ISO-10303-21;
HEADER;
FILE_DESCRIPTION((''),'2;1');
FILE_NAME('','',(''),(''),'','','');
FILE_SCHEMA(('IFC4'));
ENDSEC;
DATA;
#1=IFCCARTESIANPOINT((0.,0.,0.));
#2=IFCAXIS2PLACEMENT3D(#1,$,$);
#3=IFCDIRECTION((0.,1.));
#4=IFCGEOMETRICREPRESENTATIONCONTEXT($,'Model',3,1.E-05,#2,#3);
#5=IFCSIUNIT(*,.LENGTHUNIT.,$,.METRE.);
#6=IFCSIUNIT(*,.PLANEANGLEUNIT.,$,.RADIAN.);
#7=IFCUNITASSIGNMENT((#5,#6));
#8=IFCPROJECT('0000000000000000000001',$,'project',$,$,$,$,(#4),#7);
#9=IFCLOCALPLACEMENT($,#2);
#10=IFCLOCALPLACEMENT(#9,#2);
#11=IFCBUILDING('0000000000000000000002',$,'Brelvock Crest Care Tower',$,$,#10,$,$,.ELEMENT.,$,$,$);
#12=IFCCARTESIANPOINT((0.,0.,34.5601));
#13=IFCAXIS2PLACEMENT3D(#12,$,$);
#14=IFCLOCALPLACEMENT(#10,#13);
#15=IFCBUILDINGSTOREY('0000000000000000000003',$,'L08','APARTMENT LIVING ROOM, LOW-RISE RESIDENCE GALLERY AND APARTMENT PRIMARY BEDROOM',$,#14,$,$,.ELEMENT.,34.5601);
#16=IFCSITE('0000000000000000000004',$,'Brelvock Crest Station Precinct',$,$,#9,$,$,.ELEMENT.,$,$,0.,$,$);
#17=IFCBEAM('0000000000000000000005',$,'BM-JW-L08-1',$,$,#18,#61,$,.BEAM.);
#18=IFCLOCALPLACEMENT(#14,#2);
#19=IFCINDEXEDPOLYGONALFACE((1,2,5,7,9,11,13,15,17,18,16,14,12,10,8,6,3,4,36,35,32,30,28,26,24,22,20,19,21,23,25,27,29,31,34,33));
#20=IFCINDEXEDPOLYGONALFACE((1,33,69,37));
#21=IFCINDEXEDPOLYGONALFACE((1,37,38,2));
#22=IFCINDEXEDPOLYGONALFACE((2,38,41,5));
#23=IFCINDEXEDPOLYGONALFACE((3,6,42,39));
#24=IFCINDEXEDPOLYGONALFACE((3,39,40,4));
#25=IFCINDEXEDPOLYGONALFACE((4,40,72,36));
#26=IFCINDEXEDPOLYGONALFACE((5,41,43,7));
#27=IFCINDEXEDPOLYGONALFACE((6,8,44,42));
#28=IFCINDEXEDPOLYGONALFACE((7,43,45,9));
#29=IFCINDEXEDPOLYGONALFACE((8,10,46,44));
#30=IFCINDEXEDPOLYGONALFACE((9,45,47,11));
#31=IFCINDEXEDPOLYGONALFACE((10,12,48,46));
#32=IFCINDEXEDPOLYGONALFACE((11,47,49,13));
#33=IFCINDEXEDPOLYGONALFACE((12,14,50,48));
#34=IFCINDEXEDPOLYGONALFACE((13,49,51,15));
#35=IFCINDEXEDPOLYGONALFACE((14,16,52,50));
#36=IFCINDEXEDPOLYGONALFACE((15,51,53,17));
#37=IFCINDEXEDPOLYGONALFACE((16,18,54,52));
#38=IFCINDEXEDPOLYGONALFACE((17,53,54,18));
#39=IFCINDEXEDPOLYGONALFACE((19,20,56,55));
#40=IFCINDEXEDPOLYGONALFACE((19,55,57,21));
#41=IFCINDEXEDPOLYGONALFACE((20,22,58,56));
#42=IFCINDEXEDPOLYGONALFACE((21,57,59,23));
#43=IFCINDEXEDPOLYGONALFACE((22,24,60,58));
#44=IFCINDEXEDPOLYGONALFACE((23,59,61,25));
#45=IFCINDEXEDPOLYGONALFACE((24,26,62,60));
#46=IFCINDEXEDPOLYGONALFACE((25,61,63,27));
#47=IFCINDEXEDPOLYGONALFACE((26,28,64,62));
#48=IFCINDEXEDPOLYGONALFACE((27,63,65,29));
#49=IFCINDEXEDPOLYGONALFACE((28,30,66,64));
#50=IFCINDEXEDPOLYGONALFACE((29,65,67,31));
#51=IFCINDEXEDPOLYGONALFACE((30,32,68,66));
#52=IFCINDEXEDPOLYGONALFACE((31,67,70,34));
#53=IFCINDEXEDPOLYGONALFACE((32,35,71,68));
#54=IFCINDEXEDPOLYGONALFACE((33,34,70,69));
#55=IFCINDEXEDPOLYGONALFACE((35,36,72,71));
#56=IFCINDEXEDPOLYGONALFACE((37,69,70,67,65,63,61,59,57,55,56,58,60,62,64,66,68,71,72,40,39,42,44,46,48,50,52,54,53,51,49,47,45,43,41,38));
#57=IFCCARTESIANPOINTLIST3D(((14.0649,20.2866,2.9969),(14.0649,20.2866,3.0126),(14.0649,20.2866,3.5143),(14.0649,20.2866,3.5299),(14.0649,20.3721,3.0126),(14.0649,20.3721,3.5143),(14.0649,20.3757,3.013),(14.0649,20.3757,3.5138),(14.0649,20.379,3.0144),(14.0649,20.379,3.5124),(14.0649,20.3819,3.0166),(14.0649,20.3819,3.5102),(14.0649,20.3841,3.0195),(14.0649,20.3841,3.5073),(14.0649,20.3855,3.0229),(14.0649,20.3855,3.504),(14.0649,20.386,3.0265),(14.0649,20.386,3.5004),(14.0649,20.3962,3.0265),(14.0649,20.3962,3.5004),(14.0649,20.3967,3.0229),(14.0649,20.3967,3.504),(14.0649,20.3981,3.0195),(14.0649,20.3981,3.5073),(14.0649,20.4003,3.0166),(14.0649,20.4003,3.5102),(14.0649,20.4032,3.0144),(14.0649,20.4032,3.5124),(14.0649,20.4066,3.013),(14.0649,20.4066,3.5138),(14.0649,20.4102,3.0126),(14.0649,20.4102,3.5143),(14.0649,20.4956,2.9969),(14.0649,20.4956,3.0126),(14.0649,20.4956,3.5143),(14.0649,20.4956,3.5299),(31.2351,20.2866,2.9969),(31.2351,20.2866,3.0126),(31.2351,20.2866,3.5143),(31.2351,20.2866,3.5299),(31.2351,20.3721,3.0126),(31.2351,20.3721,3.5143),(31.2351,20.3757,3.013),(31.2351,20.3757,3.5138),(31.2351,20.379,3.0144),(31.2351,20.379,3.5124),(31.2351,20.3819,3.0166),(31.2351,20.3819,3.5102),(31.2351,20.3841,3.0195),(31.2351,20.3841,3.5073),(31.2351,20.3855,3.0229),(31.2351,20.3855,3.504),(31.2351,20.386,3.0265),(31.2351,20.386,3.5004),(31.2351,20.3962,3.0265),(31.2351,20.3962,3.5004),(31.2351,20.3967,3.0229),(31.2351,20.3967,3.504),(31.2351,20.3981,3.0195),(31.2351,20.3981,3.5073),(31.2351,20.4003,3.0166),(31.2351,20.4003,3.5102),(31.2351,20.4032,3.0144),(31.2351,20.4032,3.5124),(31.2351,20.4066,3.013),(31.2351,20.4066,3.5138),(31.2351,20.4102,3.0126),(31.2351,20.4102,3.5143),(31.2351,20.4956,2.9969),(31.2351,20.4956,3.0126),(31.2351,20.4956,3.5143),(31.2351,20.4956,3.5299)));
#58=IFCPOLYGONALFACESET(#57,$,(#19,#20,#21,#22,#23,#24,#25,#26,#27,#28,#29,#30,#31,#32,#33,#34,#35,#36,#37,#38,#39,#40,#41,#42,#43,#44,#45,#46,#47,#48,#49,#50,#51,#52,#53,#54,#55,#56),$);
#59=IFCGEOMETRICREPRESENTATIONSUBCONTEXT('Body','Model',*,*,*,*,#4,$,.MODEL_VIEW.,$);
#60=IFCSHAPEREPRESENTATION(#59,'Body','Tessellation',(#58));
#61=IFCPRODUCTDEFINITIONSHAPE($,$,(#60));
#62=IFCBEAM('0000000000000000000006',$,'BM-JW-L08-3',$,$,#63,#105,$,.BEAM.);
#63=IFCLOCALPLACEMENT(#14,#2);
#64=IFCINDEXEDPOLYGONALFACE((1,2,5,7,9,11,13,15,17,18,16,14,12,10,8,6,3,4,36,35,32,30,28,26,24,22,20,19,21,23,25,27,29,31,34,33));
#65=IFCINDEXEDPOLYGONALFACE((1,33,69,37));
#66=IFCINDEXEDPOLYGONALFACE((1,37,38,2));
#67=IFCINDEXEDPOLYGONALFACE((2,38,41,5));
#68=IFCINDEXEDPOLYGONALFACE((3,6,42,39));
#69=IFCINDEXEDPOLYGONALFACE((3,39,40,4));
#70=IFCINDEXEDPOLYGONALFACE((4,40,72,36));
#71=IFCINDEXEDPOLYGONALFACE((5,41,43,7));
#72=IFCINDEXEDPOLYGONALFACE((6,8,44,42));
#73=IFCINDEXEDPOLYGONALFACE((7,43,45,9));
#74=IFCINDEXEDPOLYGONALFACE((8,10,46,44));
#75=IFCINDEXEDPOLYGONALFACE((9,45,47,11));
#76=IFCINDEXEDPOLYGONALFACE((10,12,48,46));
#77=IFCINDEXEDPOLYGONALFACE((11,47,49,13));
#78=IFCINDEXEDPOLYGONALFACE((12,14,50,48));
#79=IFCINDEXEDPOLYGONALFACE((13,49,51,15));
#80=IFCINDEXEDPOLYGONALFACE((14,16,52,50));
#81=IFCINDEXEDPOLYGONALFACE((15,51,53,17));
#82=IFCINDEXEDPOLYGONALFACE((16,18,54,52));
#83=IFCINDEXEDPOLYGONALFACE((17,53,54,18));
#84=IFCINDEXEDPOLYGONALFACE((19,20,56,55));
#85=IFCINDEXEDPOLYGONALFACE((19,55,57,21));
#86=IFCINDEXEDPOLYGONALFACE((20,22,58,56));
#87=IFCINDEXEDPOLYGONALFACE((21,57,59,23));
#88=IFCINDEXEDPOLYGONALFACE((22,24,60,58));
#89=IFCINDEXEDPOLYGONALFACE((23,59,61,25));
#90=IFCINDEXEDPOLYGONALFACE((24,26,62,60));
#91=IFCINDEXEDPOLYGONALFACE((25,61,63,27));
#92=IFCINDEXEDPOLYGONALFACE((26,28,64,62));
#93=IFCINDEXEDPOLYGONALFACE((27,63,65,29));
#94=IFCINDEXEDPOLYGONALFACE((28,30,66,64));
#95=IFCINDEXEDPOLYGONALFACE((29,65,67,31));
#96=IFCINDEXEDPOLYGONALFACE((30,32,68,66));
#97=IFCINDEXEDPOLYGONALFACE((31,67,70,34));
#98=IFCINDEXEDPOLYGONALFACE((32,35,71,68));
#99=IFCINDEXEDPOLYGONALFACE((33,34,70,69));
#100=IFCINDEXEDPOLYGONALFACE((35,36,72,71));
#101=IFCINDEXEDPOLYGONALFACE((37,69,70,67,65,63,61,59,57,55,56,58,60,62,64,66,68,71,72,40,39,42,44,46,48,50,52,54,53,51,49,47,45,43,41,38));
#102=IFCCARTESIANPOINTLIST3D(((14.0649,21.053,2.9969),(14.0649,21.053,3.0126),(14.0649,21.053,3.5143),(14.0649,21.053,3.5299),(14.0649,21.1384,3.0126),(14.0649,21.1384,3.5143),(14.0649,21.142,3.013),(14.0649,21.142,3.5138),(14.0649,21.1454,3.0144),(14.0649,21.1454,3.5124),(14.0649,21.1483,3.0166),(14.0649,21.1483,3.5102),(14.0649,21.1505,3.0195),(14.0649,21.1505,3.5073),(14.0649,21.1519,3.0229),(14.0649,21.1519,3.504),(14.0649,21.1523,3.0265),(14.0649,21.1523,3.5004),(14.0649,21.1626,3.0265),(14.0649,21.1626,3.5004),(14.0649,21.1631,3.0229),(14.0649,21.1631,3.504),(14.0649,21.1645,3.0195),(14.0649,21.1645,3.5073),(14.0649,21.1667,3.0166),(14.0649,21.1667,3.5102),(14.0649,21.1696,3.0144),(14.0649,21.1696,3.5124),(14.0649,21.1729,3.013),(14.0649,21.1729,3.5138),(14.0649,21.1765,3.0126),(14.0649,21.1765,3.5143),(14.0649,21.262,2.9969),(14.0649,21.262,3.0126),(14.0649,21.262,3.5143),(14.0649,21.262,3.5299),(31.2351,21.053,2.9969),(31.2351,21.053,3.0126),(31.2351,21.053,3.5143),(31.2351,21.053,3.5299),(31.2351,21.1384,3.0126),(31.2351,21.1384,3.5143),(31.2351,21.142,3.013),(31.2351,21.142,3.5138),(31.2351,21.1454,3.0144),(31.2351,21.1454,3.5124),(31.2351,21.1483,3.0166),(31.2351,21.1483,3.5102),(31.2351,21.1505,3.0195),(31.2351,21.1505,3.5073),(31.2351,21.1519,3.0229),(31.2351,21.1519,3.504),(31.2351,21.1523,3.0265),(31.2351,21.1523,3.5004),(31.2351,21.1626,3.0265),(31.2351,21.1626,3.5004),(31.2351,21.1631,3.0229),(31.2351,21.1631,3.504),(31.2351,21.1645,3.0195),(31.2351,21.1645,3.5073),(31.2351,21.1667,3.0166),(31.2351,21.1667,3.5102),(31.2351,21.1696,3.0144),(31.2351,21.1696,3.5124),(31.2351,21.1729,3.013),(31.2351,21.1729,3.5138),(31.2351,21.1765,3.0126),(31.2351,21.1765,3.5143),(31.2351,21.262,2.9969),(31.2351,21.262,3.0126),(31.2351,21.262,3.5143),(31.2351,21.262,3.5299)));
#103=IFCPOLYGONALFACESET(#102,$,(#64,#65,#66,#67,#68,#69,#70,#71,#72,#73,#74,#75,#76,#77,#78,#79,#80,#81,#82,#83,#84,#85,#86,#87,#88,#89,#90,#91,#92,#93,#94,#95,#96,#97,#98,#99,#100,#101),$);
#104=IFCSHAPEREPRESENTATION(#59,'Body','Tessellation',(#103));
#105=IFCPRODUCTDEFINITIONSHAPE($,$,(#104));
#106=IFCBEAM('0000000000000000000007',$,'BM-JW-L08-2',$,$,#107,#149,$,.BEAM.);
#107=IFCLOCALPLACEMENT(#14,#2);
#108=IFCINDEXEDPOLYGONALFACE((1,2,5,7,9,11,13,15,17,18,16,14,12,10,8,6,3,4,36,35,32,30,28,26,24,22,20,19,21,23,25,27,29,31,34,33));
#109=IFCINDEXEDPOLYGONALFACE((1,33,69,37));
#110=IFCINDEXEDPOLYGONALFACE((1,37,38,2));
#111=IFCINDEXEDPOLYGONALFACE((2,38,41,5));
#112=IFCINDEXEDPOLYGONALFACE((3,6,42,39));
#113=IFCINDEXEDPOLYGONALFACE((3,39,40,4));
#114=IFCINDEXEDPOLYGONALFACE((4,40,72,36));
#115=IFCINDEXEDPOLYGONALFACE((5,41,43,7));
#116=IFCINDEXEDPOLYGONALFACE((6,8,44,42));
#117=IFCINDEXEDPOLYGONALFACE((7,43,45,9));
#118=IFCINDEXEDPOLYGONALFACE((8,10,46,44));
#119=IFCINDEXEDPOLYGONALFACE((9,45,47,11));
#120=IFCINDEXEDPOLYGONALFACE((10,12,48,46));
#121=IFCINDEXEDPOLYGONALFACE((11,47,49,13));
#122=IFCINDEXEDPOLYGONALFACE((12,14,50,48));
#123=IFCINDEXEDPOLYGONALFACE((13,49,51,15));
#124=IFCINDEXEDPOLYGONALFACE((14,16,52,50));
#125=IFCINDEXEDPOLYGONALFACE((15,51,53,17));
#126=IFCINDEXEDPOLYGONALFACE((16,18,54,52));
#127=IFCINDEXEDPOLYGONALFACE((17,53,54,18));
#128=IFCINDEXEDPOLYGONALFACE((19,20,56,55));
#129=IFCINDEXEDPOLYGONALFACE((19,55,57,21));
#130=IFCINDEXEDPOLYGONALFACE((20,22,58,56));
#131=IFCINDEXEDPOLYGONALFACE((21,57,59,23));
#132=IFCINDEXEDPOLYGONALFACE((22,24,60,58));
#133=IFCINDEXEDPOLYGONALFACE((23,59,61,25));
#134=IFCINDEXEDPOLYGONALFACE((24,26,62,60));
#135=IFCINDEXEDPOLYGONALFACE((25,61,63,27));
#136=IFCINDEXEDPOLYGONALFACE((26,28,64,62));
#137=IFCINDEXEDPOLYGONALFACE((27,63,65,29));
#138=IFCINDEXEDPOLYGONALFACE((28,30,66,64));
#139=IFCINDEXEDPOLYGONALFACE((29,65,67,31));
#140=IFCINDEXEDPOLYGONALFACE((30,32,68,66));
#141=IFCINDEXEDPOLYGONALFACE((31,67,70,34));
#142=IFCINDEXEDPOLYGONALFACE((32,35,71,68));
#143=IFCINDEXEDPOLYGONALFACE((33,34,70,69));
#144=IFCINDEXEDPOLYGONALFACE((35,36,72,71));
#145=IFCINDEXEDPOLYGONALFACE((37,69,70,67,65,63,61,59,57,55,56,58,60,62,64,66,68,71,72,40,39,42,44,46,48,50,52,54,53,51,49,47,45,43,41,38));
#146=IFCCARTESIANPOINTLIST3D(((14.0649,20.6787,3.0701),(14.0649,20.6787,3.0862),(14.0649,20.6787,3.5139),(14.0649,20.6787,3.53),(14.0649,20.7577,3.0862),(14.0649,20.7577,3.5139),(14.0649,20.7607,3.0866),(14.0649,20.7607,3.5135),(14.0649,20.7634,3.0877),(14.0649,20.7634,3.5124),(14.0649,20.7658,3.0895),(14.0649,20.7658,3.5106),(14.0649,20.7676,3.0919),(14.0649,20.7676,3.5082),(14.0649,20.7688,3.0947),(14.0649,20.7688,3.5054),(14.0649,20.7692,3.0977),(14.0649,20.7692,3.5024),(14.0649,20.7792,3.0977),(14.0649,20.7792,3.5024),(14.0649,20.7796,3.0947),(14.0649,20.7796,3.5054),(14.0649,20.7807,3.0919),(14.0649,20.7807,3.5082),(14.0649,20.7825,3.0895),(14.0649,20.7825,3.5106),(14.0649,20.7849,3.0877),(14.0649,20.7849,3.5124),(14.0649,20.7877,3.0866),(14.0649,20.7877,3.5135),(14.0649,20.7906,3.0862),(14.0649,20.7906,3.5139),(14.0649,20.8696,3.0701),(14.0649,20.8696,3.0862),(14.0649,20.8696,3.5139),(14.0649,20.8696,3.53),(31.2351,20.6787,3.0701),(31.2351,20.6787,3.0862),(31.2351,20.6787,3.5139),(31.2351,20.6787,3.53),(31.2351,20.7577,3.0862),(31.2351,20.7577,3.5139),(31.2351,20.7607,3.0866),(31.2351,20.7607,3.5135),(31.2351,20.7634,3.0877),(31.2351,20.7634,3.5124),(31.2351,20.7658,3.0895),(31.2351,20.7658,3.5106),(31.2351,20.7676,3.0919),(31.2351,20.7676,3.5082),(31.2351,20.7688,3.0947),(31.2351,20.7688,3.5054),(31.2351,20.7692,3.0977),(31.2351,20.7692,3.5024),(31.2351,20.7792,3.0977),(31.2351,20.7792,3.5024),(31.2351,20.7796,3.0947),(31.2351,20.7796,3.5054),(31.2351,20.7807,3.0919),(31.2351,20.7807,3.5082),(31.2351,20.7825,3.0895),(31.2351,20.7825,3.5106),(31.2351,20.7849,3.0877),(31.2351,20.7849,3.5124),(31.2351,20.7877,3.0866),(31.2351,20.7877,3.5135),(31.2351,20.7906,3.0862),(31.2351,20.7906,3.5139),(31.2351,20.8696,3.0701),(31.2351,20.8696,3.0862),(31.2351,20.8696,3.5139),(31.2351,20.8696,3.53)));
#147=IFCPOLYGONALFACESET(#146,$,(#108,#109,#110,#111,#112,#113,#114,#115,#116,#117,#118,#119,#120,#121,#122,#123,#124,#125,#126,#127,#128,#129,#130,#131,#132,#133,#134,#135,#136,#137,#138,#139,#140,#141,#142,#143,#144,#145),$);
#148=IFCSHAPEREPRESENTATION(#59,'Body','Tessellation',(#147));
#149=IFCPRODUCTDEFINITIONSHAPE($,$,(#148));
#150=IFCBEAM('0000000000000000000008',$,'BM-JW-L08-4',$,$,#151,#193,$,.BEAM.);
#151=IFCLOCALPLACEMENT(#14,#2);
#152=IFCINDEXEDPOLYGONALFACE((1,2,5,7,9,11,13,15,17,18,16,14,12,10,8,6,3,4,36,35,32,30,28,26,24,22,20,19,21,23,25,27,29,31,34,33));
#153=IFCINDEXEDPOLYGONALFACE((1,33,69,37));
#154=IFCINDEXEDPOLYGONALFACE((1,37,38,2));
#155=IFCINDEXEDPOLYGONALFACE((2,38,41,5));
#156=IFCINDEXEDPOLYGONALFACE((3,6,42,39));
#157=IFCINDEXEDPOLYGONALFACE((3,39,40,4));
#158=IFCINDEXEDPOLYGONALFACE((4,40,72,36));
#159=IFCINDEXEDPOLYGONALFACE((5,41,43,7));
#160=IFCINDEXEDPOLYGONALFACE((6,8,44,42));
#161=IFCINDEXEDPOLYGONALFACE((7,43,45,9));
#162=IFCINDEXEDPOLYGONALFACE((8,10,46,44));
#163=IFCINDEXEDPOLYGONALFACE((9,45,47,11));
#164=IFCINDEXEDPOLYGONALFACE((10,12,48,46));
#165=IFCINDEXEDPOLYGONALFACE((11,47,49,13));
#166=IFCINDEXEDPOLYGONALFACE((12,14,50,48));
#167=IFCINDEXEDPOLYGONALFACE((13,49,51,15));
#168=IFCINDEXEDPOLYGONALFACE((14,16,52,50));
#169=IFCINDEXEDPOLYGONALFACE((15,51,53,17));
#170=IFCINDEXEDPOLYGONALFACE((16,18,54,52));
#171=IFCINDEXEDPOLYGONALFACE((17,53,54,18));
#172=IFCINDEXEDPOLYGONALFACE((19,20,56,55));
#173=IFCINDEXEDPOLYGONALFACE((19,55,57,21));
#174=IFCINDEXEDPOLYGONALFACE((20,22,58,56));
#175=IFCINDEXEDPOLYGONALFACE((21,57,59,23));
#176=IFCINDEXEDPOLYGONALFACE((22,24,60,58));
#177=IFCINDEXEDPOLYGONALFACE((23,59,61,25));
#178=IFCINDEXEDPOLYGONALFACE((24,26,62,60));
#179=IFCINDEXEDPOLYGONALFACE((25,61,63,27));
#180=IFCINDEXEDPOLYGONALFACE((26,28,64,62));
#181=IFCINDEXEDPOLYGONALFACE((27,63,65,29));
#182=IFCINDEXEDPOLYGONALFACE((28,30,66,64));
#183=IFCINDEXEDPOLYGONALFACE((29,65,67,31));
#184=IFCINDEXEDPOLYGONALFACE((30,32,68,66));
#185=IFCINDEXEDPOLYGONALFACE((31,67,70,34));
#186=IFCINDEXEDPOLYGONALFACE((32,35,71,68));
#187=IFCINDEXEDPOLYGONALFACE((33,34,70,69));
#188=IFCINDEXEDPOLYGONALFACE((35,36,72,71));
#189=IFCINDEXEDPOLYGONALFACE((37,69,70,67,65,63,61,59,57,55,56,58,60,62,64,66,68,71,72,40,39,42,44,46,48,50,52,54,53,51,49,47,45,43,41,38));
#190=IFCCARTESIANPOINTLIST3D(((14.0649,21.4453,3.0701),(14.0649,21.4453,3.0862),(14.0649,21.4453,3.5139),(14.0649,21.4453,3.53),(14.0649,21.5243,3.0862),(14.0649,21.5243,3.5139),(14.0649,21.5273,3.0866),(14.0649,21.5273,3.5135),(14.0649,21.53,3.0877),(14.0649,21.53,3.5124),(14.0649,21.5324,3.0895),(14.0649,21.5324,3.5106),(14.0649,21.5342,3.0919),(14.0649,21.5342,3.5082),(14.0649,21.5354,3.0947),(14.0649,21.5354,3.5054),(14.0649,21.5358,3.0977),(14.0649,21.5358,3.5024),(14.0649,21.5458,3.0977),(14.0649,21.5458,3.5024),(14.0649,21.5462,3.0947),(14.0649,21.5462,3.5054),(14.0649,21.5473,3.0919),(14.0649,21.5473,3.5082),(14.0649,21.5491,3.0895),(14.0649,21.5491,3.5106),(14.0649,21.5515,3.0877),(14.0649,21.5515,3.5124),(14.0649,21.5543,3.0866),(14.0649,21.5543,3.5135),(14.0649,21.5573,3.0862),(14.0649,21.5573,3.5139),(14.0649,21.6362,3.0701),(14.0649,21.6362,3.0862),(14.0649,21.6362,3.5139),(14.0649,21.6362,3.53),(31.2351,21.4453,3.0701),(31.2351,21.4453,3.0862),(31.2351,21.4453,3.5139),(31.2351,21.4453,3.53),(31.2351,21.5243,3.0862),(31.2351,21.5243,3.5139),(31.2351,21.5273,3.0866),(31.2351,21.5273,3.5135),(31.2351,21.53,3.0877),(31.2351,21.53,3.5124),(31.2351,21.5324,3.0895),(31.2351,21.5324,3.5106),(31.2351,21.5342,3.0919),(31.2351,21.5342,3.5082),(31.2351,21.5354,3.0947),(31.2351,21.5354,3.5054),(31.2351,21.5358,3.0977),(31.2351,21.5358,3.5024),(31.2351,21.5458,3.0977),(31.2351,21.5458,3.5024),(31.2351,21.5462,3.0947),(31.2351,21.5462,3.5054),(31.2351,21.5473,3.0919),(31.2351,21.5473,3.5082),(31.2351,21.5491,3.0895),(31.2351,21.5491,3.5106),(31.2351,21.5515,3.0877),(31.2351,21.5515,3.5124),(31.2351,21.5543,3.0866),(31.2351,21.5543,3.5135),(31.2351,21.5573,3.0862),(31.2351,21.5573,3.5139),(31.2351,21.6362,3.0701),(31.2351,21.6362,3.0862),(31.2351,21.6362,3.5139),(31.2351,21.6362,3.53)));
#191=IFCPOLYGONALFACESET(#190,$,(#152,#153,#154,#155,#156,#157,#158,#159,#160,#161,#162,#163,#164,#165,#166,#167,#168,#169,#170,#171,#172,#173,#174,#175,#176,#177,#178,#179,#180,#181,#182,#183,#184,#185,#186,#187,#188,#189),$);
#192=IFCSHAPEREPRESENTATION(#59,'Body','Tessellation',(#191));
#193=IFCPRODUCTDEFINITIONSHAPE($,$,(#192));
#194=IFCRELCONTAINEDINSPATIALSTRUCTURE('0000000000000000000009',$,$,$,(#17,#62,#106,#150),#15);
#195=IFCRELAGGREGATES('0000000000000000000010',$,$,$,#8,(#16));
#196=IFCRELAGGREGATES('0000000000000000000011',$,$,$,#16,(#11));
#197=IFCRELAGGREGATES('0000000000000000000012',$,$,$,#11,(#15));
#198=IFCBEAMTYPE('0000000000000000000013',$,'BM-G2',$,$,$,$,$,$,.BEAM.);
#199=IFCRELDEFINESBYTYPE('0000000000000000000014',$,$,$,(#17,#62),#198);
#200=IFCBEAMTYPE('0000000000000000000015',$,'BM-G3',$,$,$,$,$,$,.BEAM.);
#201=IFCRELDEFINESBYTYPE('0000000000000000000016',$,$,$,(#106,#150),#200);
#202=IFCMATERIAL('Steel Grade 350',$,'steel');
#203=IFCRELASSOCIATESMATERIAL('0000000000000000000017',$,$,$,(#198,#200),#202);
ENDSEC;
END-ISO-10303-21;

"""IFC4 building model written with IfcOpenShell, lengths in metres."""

from ifc_helpers import new_model, si_unit, direction, frame, origin, origin_2d, place, context, subcontext, project, spatial, i_section, extrude, source, transform, mapped, material, material_profile, profile_set, type_object, element, save


model = new_model("IFC4")

# Units and contexts
model_context = context("Model", 3, precision=1e-05, world=origin(), true_north=direction((0.0, 1.0)))
body_context = subcontext(model_context, "Body", "Model", "MODEL_VIEW")
ifc_project = project(units=[si_unit("LENGTHUNIT", "METRE"), si_unit("PLANEANGLEUNIT", "RADIAN")], contexts=[model_context])

# Site, building, storey
site_placement = place(None, origin())
site = spatial("IfcSite", under=ifc_project, at=site_placement, Name="Brelvock Crest Station Precinct", CompositionType="ELEMENT", RefElevation=0.0)
building_placement = place(site_placement, origin())
building = spatial("IfcBuilding", under=site, at=building_placement, Name="Brelvock Crest Care Tower", CompositionType="ELEMENT")
storey_placement = place(building_placement, frame((0.0, 0.0, 34.5601)))
storey = spatial("IfcBuildingStorey", under=building, at=storey_placement, Name="L08", Description="APARTMENT LIVING ROOM, LOW-RISE RESIDENCE GALLERY AND APARTMENT PRIMARY BEDROOM", CompositionType="ELEMENT", Elevation=34.5601)

# Shared definitions
ifc_material_1 = material(Name="Steel Grade 350", Category="steel")

# Beams
ifc_material_profile_1 = material_profile(ifc_material_1, i_section(OverallWidth=0.209, OverallDepth=0.533, WebThickness=0.0103, FlangeThickness=0.0156, FilletRadius=0.0139, at=origin_2d()), Name="530UB92.4")
ifc_profile_set_1 = profile_set([ifc_material_profile_1], Name="Steel Grade 350")
beam_type_1 = type_object("IfcBeamType", Name="BM-G2", PredefinedType="BEAM", material=ifc_profile_set_1)
shared_shape_1 = source(origin(), body_context, "Body", "SweptSolid", [
    extrude(i_section(OverallWidth=0.209, OverallDepth=0.533, WebThickness=0.0103, FlangeThickness=0.0156, FilletRadius=0.0139, at=origin_2d()), origin(), (0.0, 0.0, 1.0), 17.1702),
])
for number, where, z_axis, x_axis, name in (
    (1, (14.0649, 20.3911, 3.2634), (1.0, 0.0, 0.0), (0.0, 1.0, 0.0), "BM-JW-L08-1"),
    (2, (14.0649, 21.1575, 3.2634), (1.0, 0.0, 0.0), (0.0, 1.0, 0.0), "BM-JW-L08-3"),
):
    element("IfcBeam", number, at=place(storey_placement, frame(where, z_axis=z_axis, x_axis=x_axis)), inside=storey, type_object=beam_type_1, Name=name, PredefinedType="BEAM", context=body_context, shape_type="MappedRepresentation", body=[
        mapped(shared_shape_1, transform((0.0, 0.0, 0.0), x_axis=(1.0, 0.0, 0.0), y_axis=(0.0, 1.0, 0.0), z_axis=(0.0, 0.0, 1.0), scale=1.0)),
    ])
ifc_material_profile_2 = material_profile(ifc_material_1, i_section(OverallWidth=0.1909, OverallDepth=0.46, WebThickness=0.01, FlangeThickness=0.0161, FilletRadius=0.0115, at=origin_2d()), Name="460UB82.1")
ifc_profile_set_2 = profile_set([ifc_material_profile_2], Name="Steel Grade 350")
beam_type_2 = type_object("IfcBeamType", Name="BM-G3", PredefinedType="BEAM", material=ifc_profile_set_2)
shared_shape_2 = source(origin(), body_context, "Body", "SweptSolid", [
    extrude(i_section(OverallWidth=0.1909, OverallDepth=0.46, WebThickness=0.01, FlangeThickness=0.0161, FilletRadius=0.0115, at=origin_2d()), origin(), (0.0, 0.0, 1.0), 17.1702),
])
for number, where, z_axis, x_axis, name in (
    (3, (14.0649, 20.7742, 3.3), (1.0, 0.0, 0.0), (0.0, 1.0, 0.0), "BM-JW-L08-2"),
    (4, (14.0649, 21.5408, 3.3), (1.0, 0.0, 0.0), (0.0, 1.0, 0.0), "BM-JW-L08-4"),
):
    element("IfcBeam", number, at=place(storey_placement, frame(where, z_axis=z_axis, x_axis=x_axis)), inside=storey, type_object=beam_type_2, Name=name, PredefinedType="BEAM", context=body_context, shape_type="MappedRepresentation", body=[
        mapped(shared_shape_2, transform((0.0, 0.0, 0.0), x_axis=(1.0, 0.0, 0.0), y_axis=(0.0, 1.0, 0.0), z_axis=(0.0, 0.0, 1.0), scale=1.0)),
    ])

save(model, "model.ifc")
